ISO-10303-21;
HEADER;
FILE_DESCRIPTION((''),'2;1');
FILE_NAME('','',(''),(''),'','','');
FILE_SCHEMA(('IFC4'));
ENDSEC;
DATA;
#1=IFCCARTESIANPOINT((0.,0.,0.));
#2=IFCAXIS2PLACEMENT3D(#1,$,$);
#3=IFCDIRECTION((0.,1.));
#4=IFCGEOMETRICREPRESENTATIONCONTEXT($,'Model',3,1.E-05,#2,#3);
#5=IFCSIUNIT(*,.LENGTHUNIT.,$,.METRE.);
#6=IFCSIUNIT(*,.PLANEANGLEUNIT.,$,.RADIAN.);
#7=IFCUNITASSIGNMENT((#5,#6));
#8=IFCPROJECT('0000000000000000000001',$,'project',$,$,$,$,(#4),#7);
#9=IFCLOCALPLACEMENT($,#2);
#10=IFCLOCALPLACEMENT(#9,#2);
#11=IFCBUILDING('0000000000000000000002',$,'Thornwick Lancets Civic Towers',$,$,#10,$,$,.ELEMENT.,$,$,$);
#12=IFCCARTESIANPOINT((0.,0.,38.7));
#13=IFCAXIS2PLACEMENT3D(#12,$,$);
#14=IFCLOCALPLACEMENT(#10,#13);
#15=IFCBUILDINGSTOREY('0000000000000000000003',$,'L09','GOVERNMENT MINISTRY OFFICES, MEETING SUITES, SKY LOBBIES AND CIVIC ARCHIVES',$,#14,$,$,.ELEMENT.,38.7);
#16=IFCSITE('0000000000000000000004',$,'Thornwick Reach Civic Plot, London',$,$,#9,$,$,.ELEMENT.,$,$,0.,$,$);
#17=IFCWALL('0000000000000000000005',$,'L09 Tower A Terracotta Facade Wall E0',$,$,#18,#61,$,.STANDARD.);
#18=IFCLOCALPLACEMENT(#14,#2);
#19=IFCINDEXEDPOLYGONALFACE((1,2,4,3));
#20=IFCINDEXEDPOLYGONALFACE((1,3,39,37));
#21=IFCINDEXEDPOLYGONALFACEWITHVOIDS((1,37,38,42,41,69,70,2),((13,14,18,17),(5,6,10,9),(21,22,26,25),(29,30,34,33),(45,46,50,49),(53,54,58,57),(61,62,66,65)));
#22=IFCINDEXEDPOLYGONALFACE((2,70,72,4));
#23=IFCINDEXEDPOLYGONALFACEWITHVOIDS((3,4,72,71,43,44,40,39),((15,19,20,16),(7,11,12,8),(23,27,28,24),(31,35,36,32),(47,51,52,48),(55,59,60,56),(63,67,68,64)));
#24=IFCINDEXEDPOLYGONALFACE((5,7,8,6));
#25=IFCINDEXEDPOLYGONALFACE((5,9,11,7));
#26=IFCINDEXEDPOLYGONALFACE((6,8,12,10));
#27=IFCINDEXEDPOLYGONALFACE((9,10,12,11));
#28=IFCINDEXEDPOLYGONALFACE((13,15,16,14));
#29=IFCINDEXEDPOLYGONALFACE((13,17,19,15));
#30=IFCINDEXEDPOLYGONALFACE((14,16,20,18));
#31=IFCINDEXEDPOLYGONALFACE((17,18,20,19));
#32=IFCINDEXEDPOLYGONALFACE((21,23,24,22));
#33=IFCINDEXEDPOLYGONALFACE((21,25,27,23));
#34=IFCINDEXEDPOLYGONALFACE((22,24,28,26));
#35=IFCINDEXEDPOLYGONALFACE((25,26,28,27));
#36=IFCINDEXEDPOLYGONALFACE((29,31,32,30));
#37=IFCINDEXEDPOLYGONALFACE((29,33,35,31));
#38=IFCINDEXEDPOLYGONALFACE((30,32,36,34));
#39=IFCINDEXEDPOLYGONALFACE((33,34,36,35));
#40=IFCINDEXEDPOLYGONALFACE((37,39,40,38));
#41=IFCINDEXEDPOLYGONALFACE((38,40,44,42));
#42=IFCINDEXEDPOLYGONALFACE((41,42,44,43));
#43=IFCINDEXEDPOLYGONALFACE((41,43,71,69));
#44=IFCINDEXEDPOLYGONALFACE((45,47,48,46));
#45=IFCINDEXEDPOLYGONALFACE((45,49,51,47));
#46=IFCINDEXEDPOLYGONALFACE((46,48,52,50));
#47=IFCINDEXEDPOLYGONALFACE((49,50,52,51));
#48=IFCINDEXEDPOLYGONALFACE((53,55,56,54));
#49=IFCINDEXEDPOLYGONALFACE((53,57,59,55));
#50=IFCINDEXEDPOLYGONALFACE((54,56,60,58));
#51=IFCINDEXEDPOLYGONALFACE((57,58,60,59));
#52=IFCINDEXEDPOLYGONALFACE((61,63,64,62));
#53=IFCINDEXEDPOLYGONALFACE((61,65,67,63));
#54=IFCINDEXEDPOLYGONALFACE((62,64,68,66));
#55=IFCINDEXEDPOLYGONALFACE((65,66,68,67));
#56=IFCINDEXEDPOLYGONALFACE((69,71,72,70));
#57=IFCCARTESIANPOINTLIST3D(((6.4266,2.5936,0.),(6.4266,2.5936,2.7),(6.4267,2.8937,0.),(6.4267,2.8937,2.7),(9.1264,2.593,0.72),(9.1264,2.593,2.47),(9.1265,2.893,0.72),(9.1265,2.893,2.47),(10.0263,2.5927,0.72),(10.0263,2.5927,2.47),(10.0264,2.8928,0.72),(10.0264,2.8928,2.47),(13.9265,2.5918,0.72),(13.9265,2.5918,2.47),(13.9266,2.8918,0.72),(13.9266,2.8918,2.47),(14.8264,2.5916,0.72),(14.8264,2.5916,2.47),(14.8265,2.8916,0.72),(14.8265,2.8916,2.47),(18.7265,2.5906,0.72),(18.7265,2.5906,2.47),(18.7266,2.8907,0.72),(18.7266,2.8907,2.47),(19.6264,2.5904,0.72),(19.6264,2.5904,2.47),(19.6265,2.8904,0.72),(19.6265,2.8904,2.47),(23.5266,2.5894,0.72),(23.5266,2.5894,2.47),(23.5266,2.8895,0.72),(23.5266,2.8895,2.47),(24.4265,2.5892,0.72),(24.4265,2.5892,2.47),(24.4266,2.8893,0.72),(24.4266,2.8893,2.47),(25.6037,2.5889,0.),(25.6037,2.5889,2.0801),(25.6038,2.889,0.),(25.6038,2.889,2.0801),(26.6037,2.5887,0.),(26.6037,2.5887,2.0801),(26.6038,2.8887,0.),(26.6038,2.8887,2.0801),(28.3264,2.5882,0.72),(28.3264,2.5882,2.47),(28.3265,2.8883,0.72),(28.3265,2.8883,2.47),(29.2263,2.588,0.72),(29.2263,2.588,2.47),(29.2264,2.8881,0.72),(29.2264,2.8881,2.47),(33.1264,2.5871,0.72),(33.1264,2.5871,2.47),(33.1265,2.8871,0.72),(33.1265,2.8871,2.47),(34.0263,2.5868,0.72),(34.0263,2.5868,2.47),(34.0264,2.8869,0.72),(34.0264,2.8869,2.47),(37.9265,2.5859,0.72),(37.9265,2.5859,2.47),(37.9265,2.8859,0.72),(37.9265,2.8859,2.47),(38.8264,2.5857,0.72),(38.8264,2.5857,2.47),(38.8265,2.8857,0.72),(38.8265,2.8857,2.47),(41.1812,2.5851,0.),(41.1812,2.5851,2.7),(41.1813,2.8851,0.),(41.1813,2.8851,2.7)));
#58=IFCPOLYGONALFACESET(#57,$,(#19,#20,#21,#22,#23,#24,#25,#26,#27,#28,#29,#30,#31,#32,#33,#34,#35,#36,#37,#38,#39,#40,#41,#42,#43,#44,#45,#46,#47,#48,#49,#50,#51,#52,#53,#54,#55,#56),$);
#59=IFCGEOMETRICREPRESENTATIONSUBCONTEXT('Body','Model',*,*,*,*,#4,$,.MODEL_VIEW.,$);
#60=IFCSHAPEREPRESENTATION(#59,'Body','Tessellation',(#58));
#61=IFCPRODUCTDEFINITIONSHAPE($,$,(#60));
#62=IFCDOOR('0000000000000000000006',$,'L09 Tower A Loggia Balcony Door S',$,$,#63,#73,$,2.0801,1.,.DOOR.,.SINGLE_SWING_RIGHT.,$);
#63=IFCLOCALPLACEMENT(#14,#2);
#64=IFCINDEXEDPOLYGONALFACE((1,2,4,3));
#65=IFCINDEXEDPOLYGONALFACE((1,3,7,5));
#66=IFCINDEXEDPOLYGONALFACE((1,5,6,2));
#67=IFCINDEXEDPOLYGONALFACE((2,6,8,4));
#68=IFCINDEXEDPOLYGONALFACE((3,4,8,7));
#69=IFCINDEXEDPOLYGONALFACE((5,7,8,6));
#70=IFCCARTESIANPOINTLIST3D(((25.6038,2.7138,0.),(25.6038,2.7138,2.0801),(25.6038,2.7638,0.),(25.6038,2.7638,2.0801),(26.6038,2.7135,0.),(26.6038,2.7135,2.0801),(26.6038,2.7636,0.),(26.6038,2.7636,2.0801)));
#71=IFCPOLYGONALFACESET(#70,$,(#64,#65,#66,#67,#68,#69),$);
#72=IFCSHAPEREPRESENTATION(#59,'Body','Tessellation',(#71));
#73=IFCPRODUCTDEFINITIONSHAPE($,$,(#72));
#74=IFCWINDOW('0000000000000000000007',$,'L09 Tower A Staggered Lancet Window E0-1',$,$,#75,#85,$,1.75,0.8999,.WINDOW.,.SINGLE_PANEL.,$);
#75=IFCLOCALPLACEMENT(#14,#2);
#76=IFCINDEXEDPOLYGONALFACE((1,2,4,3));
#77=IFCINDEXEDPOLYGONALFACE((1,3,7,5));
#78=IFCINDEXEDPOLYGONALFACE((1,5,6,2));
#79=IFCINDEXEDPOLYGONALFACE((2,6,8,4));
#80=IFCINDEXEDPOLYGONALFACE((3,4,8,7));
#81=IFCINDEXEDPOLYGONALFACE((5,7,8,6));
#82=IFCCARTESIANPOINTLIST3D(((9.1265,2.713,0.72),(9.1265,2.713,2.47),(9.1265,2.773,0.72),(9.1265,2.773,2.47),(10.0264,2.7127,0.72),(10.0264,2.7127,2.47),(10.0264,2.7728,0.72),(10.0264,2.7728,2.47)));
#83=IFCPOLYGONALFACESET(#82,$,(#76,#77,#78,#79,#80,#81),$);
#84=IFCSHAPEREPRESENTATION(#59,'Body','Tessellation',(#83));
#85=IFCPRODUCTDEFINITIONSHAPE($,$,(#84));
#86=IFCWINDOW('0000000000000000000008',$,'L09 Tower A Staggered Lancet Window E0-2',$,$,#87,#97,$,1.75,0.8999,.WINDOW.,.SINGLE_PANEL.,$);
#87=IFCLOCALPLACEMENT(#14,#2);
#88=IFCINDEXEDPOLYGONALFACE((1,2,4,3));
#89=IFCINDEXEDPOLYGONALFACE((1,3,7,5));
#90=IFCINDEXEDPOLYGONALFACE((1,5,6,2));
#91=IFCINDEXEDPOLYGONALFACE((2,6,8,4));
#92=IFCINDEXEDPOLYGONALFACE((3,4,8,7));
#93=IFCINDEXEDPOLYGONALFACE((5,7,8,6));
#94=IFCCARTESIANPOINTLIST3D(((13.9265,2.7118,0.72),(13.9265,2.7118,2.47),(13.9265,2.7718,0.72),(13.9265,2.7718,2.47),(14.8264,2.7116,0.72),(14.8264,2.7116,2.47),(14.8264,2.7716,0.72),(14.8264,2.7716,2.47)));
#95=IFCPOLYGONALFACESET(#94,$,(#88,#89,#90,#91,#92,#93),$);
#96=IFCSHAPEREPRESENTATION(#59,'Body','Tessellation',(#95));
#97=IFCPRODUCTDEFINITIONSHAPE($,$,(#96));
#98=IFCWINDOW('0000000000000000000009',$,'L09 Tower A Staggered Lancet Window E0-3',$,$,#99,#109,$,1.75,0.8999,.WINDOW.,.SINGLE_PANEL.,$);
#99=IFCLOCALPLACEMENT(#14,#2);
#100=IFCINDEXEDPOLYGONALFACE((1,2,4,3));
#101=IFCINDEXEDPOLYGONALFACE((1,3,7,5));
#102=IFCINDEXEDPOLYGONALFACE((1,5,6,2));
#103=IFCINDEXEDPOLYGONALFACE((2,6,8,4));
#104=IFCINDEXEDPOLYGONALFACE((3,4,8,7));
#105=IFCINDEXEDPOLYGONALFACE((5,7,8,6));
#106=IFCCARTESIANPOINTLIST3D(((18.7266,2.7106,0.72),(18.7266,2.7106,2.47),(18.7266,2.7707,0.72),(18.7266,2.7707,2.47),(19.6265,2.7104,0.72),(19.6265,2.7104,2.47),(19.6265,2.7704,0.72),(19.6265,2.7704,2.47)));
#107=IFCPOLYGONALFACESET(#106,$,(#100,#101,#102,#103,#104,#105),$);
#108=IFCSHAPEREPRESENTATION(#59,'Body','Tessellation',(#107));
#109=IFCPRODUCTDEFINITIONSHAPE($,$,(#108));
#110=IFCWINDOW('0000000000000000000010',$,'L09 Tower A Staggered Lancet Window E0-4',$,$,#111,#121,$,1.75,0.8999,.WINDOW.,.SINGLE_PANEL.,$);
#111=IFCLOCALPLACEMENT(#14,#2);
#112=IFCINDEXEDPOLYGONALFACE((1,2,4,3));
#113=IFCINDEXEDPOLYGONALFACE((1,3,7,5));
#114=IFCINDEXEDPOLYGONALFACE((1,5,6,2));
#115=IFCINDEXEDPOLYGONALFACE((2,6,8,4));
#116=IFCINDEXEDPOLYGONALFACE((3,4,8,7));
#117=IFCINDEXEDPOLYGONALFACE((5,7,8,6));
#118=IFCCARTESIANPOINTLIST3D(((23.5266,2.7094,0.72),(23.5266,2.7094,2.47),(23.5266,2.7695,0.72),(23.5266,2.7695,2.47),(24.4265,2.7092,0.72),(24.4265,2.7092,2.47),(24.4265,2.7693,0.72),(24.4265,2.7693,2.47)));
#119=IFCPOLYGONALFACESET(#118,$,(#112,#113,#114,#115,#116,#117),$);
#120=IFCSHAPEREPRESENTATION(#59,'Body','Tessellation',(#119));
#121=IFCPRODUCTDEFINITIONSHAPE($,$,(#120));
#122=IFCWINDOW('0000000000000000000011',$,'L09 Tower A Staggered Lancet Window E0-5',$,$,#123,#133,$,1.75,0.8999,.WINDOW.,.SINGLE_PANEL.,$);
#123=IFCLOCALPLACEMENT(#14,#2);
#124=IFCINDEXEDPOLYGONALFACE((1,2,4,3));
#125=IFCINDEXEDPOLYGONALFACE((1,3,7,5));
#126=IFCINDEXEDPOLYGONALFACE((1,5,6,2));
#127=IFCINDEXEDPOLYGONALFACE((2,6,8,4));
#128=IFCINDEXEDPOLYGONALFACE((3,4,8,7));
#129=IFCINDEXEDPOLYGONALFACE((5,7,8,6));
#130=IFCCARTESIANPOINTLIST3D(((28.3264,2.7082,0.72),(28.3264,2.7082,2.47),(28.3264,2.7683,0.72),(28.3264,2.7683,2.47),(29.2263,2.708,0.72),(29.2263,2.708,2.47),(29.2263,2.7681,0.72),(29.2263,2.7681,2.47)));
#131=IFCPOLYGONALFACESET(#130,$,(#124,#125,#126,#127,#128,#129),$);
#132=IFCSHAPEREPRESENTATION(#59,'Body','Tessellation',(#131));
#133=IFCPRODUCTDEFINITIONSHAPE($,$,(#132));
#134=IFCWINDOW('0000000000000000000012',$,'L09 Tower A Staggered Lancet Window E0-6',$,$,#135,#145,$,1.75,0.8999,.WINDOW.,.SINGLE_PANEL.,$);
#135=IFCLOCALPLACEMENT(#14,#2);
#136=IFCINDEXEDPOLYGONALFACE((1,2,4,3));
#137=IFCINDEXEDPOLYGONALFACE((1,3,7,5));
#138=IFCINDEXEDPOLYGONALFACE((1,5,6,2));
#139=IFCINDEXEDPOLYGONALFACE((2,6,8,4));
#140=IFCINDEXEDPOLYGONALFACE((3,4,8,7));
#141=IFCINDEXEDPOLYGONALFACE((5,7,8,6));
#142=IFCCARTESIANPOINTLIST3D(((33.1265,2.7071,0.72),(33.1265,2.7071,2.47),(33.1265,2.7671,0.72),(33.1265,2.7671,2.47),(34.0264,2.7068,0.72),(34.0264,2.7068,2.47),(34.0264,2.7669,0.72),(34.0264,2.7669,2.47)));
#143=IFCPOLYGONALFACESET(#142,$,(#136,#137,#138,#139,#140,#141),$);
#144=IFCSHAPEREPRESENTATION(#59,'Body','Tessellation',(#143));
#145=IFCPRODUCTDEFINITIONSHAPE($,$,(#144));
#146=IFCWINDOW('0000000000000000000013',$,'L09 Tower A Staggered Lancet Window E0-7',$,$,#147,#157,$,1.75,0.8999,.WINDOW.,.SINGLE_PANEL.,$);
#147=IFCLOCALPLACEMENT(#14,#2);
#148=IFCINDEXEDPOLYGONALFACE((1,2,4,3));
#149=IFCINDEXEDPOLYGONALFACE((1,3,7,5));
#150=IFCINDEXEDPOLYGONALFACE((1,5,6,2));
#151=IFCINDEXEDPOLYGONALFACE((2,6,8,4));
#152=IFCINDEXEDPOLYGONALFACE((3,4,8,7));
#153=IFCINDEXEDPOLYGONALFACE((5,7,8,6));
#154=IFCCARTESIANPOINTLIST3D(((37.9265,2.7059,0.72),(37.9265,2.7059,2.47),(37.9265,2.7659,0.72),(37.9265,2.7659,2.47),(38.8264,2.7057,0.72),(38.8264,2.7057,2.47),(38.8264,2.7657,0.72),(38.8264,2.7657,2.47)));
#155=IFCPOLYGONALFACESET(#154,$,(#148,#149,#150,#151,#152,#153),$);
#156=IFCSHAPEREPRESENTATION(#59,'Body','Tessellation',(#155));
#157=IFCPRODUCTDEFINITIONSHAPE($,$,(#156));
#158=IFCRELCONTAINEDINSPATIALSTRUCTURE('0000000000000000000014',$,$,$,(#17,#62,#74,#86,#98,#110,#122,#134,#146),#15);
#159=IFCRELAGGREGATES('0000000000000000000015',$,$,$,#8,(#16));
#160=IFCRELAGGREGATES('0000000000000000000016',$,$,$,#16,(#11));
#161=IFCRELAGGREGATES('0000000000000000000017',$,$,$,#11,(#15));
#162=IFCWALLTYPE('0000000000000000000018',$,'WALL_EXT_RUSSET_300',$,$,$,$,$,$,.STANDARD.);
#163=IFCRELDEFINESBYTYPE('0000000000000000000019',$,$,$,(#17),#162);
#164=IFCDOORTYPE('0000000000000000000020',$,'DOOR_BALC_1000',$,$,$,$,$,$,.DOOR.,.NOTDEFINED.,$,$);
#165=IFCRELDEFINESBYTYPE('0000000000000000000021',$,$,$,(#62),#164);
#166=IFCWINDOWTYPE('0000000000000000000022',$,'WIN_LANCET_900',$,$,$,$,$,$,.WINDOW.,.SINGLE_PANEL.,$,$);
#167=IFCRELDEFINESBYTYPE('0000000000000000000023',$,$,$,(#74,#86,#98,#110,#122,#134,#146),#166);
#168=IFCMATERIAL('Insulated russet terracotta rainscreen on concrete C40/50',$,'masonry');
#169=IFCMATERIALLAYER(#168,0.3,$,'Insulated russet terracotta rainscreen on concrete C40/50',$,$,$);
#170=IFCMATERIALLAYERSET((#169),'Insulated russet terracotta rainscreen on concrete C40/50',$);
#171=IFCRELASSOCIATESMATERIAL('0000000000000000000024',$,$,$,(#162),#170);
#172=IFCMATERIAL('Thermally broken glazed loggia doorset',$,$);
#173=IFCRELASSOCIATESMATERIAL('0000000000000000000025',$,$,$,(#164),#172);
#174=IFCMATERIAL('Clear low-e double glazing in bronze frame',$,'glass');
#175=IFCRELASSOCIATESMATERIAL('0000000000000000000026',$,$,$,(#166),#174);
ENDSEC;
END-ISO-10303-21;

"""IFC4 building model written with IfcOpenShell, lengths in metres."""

from ifc_helpers import new_model, si_unit, direction, frame, frame_2d, origin, place, context, subcontext, project, spatial, rectangle, extrude, material, layer, layer_set, type_object, element, fill, save


model = new_model("IFC4")

# Units and contexts
model_context = context("Model", 3, precision=1e-05, world=origin(), true_north=direction((0.0, 1.0)))
body_context = subcontext(model_context, "Body", "Model", "MODEL_VIEW")
ifc_project = project(units=[si_unit("LENGTHUNIT", "METRE"), si_unit("PLANEANGLEUNIT", "RADIAN")], contexts=[model_context])

# Site, building, storey
site_placement = place(None, origin())
site = spatial("IfcSite", under=ifc_project, at=site_placement, Name="Thornwick Reach Civic Plot, London", CompositionType="ELEMENT", RefElevation=0.0)
building_placement = place(site_placement, origin())
building = spatial("IfcBuilding", under=site, at=building_placement, Name="Thornwick Lancets Civic Towers", CompositionType="ELEMENT")
storey_placement = place(building_placement, frame((0.0, 0.0, 38.7)))
storey = spatial("IfcBuildingStorey", under=building, at=storey_placement, Name="L09", Description="GOVERNMENT MINISTRY OFFICES, MEETING SUITES, SKY LOBBIES AND CIVIC ARCHIVES", CompositionType="ELEMENT", Elevation=38.7)

# Wall, openings, door, windows
ifc_material_1 = material(Name="Insulated russet terracotta rainscreen on concrete C40/50", Category="masonry")
ifc_layer_1 = layer(ifc_material_1, 0.3, Name="Insulated russet terracotta rainscreen on concrete C40/50")
ifc_layer_set_1 = layer_set([ifc_layer_1], Name="Insulated russet terracotta rainscreen on concrete C40/50")
wall_type_1 = type_object("IfcWallType", Name="WALL_EXT_RUSSET_300", PredefinedType="STANDARD", material=ifc_layer_set_1)
wall_1_placement = place(storey_placement, frame((6.4265, 2.7437, 0.0), z_axis=(0.0, 0.0, 1.0), x_axis=(1.0, -0.000246, 0.0)))
wall_1 = element("IfcWall", 1, at=wall_1_placement, inside=storey, type_object=wall_type_1, Name="L09 Tower A Terracotta Facade Wall E0", PredefinedType="STANDARD", context=body_context, shape_type="SweptSolid", body=[
    extrude(rectangle(XDim=34.7546, YDim=0.3, at=frame_2d((17.3774, 0.0))), origin(), (0.0, 0.0, 1.0), 2.7),
])
opening_1_placement = place(wall_1_placement, frame((19.1772, 0.0, 0.0)))
opening_1 = element("IfcOpeningElement", 2, at=opening_1_placement, cuts=wall_1, PredefinedType="OPENING", context=body_context, shape_type="SweptSolid", body=[
    extrude(rectangle(XDim=1.0, YDim=2.0801, at=frame_2d((0.5, 1.04))), frame((0.0, 0.1602, 0.0), z_axis=(0.0, -1.0, 0.0), x_axis=(1.0, 0.0, 0.0)), (0.0, 0.0, 1.0), 0.3201),
])
opening_2_placement = place(wall_1_placement, frame((2.7, 0.0, 0.72)))
opening_2 = element("IfcOpeningElement", 3, at=opening_2_placement, cuts=wall_1, PredefinedType="OPENING", context=body_context, shape_type="SweptSolid", body=[
    extrude(rectangle(XDim=0.8999, YDim=1.75, at=frame_2d((0.45, 0.875))), frame((0.0, 0.1602, 0.0), z_axis=(0.0, -1.0, 0.0), x_axis=(1.0, 0.0, 0.0)), (0.0, 0.0, 1.0), 0.3201),
])
opening_3_placement = place(wall_1_placement, frame((7.5, 0.0, 0.72)))
opening_3 = element("IfcOpeningElement", 4, at=opening_3_placement, cuts=wall_1, PredefinedType="OPENING", context=body_context, shape_type="SweptSolid", body=[
    extrude(rectangle(XDim=0.8999, YDim=1.75, at=frame_2d((0.45, 0.875))), frame((0.0, 0.1602, 0.0), z_axis=(0.0, -1.0, 0.0), x_axis=(1.0, 0.0, 0.0)), (0.0, 0.0, 1.0), 0.3201),
])
opening_4_placement = place(wall_1_placement, frame((12.3, 0.0, 0.72)))
opening_4 = element("IfcOpeningElement", 5, at=opening_4_placement, cuts=wall_1, PredefinedType="OPENING", context=body_context, shape_type="SweptSolid", body=[
    extrude(rectangle(XDim=0.8999, YDim=1.75, at=frame_2d((0.45, 0.875))), frame((0.0, 0.1602, 0.0), z_axis=(0.0, -1.0, 0.0), x_axis=(1.0, 0.0, 0.0)), (0.0, 0.0, 1.0), 0.3201),
])
opening_5_placement = place(wall_1_placement, frame((17.1001, 0.0, 0.72)))
opening_5 = element("IfcOpeningElement", 6, at=opening_5_placement, cuts=wall_1, PredefinedType="OPENING", context=body_context, shape_type="SweptSolid", body=[
    extrude(rectangle(XDim=0.8999, YDim=1.75, at=frame_2d((0.45, 0.875))), frame((0.0, 0.1602, 0.0), z_axis=(0.0, -1.0, 0.0), x_axis=(1.0, 0.0, 0.0)), (0.0, 0.0, 1.0), 0.3201),
])
opening_6_placement = place(wall_1_placement, frame((21.8999, 0.0, 0.72)))
opening_6 = element("IfcOpeningElement", 7, at=opening_6_placement, cuts=wall_1, PredefinedType="OPENING", context=body_context, shape_type="SweptSolid", body=[
    extrude(rectangle(XDim=0.8999, YDim=1.75, at=frame_2d((0.45, 0.875))), frame((0.0, 0.1602, 0.0), z_axis=(0.0, -1.0, 0.0), x_axis=(1.0, 0.0, 0.0)), (0.0, 0.0, 1.0), 0.3201),
])
opening_7_placement = place(wall_1_placement, frame((26.7, 0.0, 0.72)))
opening_7 = element("IfcOpeningElement", 8, at=opening_7_placement, cuts=wall_1, PredefinedType="OPENING", context=body_context, shape_type="SweptSolid", body=[
    extrude(rectangle(XDim=0.8999, YDim=1.75, at=frame_2d((0.45, 0.875))), frame((0.0, 0.1602, 0.0), z_axis=(0.0, -1.0, 0.0), x_axis=(1.0, 0.0, 0.0)), (0.0, 0.0, 1.0), 0.3201),
])
opening_8_placement = place(wall_1_placement, frame((31.5, 0.0, 0.72)))
opening_8 = element("IfcOpeningElement", 9, at=opening_8_placement, cuts=wall_1, PredefinedType="OPENING", context=body_context, shape_type="SweptSolid", body=[
    extrude(rectangle(XDim=0.8999, YDim=1.75, at=frame_2d((0.45, 0.875))), frame((0.0, 0.1602, 0.0), z_axis=(0.0, -1.0, 0.0), x_axis=(1.0, 0.0, 0.0)), (0.0, 0.0, 1.0), 0.3201),
])
ifc_material_2 = material(Name="Thermally broken glazed loggia doorset")
door_type_1 = type_object("IfcDoorType", Name="DOOR_BALC_1000", OperationType="NOTDEFINED", PredefinedType="DOOR", material=ifc_material_2)
door_1_placement = place(opening_1_placement, origin())
door_1 = element("IfcDoor", 10, at=door_1_placement, inside=storey, type_object=door_type_1, Name="L09 Tower A Loggia Balcony Door S", OperationType="SINGLE_SWING_RIGHT", OverallHeight=2.0801, OverallWidth=1.0, PredefinedType="DOOR", context=body_context, shape_type="SweptSolid", body=[
    extrude(rectangle(XDim=1.0, YDim=2.0801, at=frame_2d((0.5, 1.04))), frame((0.0, 0.0249, 0.0), z_axis=(0.0, -1.0, 0.0), x_axis=(1.0, 0.0, 0.0)), (0.0, 0.0, 1.0), 0.05),
])
fill(opening_1, door_1)
ifc_material_3 = material(Name="Clear low-e double glazing in bronze frame", Category="glass")
window_type = type_object("IfcWindowType", Name="WIN_LANCET_900", PartitioningType="SINGLE_PANEL", PredefinedType="WINDOW", material=ifc_material_3)
window_1_placement = place(opening_2_placement, origin())
window_1 = element("IfcWindow", 11, at=window_1_placement, inside=storey, type_object=window_type, Name="L09 Tower A Staggered Lancet Window E0-1", OverallHeight=1.75, OverallWidth=0.8999, PartitioningType="SINGLE_PANEL", PredefinedType="WINDOW", context=body_context, shape_type="SweptSolid", body=[
    extrude(rectangle(XDim=0.8999, YDim=1.75, at=frame_2d((0.45, 0.875))), frame((0.0, 0.03, 0.0), z_axis=(0.0, -1.0, 0.0), x_axis=(1.0, 0.0, 0.0)), (0.0, 0.0, 1.0), 0.0601),
])
fill(opening_2, window_1)
window_2_placement = place(opening_3_placement, origin())
window_2 = element("IfcWindow", 12, at=window_2_placement, inside=storey, type_object=window_type, Name="L09 Tower A Staggered Lancet Window E0-2", OverallHeight=1.75, OverallWidth=0.8999, PartitioningType="SINGLE_PANEL", PredefinedType="WINDOW", context=body_context, shape_type="SweptSolid", body=[
    extrude(rectangle(XDim=0.8999, YDim=1.75, at=frame_2d((0.45, 0.875))), frame((0.0, 0.03, 0.0), z_axis=(0.0, -1.0, 0.0), x_axis=(1.0, 0.0, 0.0)), (0.0, 0.0, 1.0), 0.0601),
])
fill(opening_3, window_2)
window_3_placement = place(opening_4_placement, origin())
window_3 = element("IfcWindow", 13, at=window_3_placement, inside=storey, type_object=window_type, Name="L09 Tower A Staggered Lancet Window E0-3", OverallHeight=1.75, OverallWidth=0.8999, PartitioningType="SINGLE_PANEL", PredefinedType="WINDOW", context=body_context, shape_type="SweptSolid", body=[
    extrude(rectangle(XDim=0.8999, YDim=1.75, at=frame_2d((0.45, 0.875))), frame((0.0, 0.03, 0.0), z_axis=(0.0, -1.0, 0.0), x_axis=(1.0, 0.0, 0.0)), (0.0, 0.0, 1.0), 0.0601),
])
fill(opening_4, window_3)
window_4_placement = place(opening_5_placement, origin())
window_4 = element("IfcWindow", 14, at=window_4_placement, inside=storey, type_object=window_type, Name="L09 Tower A Staggered Lancet Window E0-4", OverallHeight=1.75, OverallWidth=0.8999, PartitioningType="SINGLE_PANEL", PredefinedType="WINDOW", context=body_context, shape_type="SweptSolid", body=[
    extrude(rectangle(XDim=0.8999, YDim=1.75, at=frame_2d((0.45, 0.875))), frame((0.0, 0.03, 0.0), z_axis=(0.0, -1.0, 0.0), x_axis=(1.0, 0.0, 0.0)), (0.0, 0.0, 1.0), 0.0601),
])
fill(opening_5, window_4)
window_5_placement = place(opening_6_placement, origin())
window_5 = element("IfcWindow", 15, at=window_5_placement, inside=storey, type_object=window_type, Name="L09 Tower A Staggered Lancet Window E0-5", OverallHeight=1.75, OverallWidth=0.8999, PartitioningType="SINGLE_PANEL", PredefinedType="WINDOW", context=body_context, shape_type="SweptSolid", body=[
    extrude(rectangle(XDim=0.8999, YDim=1.75, at=frame_2d((0.45, 0.875))), frame((0.0, 0.03, 0.0), z_axis=(0.0, -1.0, 0.0), x_axis=(1.0, 0.0, 0.0)), (0.0, 0.0, 1.0), 0.0601),
])
fill(opening_6, window_5)
window_6_placement = place(opening_7_placement, origin())
window_6 = element("IfcWindow", 16, at=window_6_placement, inside=storey, type_object=window_type, Name="L09 Tower A Staggered Lancet Window E0-6", OverallHeight=1.75, OverallWidth=0.8999, PartitioningType="SINGLE_PANEL", PredefinedType="WINDOW", context=body_context, shape_type="SweptSolid", body=[
    extrude(rectangle(XDim=0.8999, YDim=1.75, at=frame_2d((0.45, 0.875))), frame((0.0, 0.03, 0.0), z_axis=(0.0, -1.0, 0.0), x_axis=(1.0, 0.0, 0.0)), (0.0, 0.0, 1.0), 0.0601),
])
fill(opening_7, window_6)
window_7_placement = place(opening_8_placement, origin())
window_7 = element("IfcWindow", 17, at=window_7_placement, inside=storey, type_object=window_type, Name="L09 Tower A Staggered Lancet Window E0-7", OverallHeight=1.75, OverallWidth=0.8999, PartitioningType="SINGLE_PANEL", PredefinedType="WINDOW", context=body_context, shape_type="SweptSolid", body=[
    extrude(rectangle(XDim=0.8999, YDim=1.75, at=frame_2d((0.45, 0.875))), frame((0.0, 0.03, 0.0), z_axis=(0.0, -1.0, 0.0), x_axis=(1.0, 0.0, 0.0)), (0.0, 0.0, 1.0), 0.0601),
])
fill(opening_8, window_7)

save(model, "model.ifc")
